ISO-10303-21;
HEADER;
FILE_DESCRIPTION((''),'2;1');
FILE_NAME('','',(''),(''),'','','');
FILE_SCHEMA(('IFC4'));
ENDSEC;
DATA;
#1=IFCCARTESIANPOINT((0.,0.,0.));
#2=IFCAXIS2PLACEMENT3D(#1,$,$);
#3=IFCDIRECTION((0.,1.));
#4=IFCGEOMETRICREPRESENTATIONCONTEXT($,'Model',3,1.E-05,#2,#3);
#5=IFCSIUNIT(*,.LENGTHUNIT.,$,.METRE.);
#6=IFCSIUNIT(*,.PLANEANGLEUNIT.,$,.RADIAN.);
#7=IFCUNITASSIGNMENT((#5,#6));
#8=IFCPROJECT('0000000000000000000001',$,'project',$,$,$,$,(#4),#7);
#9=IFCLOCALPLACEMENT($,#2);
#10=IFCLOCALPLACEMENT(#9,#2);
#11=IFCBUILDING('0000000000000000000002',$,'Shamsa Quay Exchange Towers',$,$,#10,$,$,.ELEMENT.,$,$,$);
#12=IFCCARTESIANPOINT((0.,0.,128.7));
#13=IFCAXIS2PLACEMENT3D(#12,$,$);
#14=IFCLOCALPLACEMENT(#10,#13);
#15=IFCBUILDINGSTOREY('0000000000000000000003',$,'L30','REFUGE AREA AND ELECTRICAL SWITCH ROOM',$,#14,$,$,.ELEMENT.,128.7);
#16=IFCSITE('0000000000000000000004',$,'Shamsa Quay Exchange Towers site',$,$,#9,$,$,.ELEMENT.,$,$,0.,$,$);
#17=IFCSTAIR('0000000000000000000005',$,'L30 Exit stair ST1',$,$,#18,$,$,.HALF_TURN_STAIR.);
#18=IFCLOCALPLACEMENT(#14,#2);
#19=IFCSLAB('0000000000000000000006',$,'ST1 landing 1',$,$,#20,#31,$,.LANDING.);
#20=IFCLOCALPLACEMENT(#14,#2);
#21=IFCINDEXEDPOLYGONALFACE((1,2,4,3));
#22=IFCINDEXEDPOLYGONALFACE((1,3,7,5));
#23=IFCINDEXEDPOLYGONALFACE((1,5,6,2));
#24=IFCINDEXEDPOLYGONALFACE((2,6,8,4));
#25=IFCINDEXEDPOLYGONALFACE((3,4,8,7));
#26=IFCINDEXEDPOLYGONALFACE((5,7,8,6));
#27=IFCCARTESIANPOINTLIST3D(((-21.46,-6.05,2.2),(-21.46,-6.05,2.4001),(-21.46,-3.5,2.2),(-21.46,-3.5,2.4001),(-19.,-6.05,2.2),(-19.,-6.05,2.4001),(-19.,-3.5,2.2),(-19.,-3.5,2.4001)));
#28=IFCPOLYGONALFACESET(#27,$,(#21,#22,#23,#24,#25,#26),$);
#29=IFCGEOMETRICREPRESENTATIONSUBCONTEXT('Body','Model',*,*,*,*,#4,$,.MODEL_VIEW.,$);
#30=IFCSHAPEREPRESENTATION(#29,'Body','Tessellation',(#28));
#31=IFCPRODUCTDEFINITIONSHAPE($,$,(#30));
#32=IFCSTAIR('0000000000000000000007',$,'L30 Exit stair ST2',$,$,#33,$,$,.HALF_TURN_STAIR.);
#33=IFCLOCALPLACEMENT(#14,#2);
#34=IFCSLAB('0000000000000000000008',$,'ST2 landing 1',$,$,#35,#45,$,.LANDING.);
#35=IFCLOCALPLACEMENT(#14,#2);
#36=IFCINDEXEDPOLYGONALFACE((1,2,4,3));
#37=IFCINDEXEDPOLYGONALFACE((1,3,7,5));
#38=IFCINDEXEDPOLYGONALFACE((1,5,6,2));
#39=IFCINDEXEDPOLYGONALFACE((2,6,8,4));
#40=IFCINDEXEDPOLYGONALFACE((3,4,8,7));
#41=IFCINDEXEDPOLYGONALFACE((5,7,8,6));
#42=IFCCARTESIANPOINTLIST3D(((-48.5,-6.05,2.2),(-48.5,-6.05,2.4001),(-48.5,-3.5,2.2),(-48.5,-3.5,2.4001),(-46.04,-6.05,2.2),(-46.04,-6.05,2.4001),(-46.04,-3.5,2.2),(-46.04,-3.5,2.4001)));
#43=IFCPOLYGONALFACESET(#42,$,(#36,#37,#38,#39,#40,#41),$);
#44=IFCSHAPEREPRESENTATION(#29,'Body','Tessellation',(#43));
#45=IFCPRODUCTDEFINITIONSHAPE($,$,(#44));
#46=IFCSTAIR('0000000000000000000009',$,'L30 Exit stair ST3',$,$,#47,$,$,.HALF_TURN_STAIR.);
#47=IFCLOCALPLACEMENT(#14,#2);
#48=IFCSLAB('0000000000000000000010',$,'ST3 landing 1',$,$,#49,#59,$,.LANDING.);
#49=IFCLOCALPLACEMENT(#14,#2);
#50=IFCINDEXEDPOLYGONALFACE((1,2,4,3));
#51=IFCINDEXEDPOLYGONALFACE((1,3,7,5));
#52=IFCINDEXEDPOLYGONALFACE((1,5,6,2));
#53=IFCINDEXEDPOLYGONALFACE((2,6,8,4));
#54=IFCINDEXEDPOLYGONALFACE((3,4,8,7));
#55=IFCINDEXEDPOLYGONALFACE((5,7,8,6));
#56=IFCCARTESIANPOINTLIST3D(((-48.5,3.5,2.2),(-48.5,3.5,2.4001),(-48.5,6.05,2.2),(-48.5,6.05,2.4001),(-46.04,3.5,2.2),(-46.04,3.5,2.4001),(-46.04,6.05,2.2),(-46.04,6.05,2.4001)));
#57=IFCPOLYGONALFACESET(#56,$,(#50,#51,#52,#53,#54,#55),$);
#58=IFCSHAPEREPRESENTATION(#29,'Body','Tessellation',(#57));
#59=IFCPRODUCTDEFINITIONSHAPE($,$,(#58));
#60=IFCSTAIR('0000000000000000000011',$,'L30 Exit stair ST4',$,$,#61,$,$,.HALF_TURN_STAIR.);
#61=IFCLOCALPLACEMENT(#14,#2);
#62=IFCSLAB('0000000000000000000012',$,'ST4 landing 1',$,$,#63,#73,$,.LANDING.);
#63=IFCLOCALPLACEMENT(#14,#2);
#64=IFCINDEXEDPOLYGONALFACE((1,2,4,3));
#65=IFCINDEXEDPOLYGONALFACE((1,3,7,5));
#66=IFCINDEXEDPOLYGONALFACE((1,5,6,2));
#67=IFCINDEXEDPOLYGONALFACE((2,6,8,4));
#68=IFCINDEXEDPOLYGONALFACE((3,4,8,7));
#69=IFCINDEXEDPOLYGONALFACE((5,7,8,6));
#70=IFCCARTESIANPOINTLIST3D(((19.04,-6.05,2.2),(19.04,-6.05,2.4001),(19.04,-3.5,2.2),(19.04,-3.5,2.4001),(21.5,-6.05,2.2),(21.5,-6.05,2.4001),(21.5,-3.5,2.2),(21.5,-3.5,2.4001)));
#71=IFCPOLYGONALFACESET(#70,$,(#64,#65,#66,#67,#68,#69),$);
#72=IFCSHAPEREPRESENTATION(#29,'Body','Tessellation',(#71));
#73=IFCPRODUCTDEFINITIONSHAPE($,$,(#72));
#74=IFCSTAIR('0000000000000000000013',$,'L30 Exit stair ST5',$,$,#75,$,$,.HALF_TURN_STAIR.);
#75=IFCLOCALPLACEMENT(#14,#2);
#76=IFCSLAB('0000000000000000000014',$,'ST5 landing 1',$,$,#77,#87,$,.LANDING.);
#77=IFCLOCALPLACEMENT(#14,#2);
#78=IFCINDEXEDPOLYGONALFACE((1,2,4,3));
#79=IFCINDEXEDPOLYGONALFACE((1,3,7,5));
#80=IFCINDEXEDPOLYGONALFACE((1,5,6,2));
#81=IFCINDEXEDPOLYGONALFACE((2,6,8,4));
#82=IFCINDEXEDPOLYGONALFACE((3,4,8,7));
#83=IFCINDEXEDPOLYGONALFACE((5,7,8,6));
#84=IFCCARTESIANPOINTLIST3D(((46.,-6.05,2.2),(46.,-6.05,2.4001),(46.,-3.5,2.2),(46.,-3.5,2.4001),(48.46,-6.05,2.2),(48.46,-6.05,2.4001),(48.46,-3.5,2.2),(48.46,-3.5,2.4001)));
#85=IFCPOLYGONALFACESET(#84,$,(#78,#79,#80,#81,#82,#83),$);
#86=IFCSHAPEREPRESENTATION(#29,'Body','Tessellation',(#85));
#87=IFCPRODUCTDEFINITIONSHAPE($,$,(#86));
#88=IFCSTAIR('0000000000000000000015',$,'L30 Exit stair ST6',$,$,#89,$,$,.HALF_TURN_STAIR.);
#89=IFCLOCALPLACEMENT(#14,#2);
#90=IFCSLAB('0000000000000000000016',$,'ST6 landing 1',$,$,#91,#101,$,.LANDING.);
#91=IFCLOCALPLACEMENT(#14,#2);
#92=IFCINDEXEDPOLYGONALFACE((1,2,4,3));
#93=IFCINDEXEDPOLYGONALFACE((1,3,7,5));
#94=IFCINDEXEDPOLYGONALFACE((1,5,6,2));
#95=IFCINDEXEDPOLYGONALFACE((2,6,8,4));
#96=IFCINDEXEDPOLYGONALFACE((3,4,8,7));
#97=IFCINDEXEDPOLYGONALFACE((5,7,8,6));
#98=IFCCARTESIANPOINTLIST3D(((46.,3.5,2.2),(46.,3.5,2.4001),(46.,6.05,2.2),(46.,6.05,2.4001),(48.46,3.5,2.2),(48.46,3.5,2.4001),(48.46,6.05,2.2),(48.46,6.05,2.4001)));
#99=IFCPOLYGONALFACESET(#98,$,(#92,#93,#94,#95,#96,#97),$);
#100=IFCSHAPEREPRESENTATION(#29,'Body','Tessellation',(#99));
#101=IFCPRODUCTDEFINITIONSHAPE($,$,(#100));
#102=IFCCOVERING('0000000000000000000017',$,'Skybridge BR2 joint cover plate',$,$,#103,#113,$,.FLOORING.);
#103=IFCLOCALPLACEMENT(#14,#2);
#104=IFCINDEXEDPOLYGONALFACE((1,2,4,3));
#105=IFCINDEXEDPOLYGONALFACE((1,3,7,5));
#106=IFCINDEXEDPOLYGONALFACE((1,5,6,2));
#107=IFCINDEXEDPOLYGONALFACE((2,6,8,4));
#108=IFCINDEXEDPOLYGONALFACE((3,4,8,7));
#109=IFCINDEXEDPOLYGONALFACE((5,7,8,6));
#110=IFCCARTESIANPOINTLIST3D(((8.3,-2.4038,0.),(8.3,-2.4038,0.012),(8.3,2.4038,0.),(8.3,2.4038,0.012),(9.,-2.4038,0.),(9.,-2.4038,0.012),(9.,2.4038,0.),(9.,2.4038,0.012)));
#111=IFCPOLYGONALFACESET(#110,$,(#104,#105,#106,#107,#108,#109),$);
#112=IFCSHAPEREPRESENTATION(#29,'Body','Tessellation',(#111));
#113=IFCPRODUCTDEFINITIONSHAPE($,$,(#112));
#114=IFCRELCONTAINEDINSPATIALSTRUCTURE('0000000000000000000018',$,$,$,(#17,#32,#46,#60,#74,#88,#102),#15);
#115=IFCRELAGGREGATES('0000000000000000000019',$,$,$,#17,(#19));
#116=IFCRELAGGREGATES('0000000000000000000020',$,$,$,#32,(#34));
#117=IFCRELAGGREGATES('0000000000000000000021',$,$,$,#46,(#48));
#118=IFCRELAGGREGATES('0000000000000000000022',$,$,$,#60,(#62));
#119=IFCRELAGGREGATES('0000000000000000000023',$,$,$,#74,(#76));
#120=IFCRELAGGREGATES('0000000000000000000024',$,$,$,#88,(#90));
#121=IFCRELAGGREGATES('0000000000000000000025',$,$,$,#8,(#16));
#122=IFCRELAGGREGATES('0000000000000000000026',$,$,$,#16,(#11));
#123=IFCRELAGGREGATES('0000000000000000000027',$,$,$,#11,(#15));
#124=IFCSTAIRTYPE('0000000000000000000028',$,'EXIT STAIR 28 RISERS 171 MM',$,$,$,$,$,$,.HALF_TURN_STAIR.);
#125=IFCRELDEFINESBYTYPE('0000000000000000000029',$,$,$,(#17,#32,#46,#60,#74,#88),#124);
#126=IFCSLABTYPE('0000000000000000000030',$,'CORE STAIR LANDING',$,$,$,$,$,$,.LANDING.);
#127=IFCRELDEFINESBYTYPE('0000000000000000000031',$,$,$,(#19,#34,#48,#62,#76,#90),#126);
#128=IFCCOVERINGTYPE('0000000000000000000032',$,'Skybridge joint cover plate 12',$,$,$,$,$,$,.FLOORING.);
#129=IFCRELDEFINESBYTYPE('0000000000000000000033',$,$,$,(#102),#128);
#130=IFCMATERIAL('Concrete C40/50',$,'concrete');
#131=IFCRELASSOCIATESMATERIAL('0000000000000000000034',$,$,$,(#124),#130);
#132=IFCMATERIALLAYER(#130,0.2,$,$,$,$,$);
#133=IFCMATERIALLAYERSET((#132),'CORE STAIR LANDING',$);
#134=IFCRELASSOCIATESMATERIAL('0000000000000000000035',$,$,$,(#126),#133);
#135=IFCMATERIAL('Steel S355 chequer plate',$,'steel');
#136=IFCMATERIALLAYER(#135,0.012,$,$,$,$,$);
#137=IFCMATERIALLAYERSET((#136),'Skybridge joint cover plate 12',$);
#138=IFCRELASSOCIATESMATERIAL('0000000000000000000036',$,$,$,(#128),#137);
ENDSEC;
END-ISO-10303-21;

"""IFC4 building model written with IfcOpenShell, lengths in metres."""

from ifc_helpers import new_model, si_unit, direction, frame, origin, place, context, subcontext, project, spatial, polyline, outline, extrude, material, layer, layer_set, type_object, element, aggregate, save


model = new_model("IFC4")

# Units and contexts
model_context = context("Model", 3, precision=1e-05, world=origin(), true_north=direction((0.0, 1.0)))
body_context = subcontext(model_context, "Body", "Model", "MODEL_VIEW")
ifc_project = project(units=[si_unit("LENGTHUNIT", "METRE"), si_unit("PLANEANGLEUNIT", "RADIAN")], contexts=[model_context])

# Site, building, storey
site_placement = place(None, origin())
site = spatial("IfcSite", under=ifc_project, at=site_placement, Name="Shamsa Quay Exchange Towers site", CompositionType="ELEMENT", RefElevation=0.0)
building_placement = place(site_placement, origin())
building = spatial("IfcBuilding", under=site, at=building_placement, Name="Shamsa Quay Exchange Towers", CompositionType="ELEMENT")
storey_placement = place(building_placement, frame((0.0, 0.0, 128.7)))
storey = spatial("IfcBuildingStorey", under=building, at=storey_placement, Name="L30", Description="REFUGE AREA AND ELECTRICAL SWITCH ROOM", CompositionType="ELEMENT", Elevation=128.7)

# Stairs, slabs
ifc_material_1 = material(Name="Concrete C40/50", Category="concrete")
stair_type = type_object("IfcStairType", Name="EXIT STAIR 28 RISERS 171 MM", PredefinedType="HALF_TURN_STAIR", material=ifc_material_1)
stair_1_placement = place(storey_placement, origin())
stair_1 = element("IfcStair", 1, at=stair_1_placement, inside=storey, type_object=stair_type, Name="L30 Exit stair ST1", PredefinedType="HALF_TURN_STAIR")
ifc_layer_1 = layer(ifc_material_1, 0.2)
ifc_layer_set_1 = layer_set([ifc_layer_1], Name="CORE STAIR LANDING")
slab_type_1 = type_object("IfcSlabType", Name="CORE STAIR LANDING", PredefinedType="LANDING", material=ifc_layer_set_1)
slab_1_placement = place(storey_placement, frame((0.0, 0.0, 2.2)))
slab_1 = element("IfcSlab", 2, at=slab_1_placement, type_object=slab_type_1, Name="ST1 landing 1", PredefinedType="LANDING", context=body_context, shape_type="SweptSolid", body=[
    extrude(outline(polyline([(-21.46, -6.05), (-19.0, -6.05), (-19.0, -3.5), (-21.46, -3.5), (-21.46, -6.05)])), origin(), (0.0, 0.0, 1.0), 0.2002),
])
aggregate(stair_1, [slab_1])
stair_2_placement = place(storey_placement, origin())
stair_2 = element("IfcStair", 3, at=stair_2_placement, inside=storey, type_object=stair_type, Name="L30 Exit stair ST2", PredefinedType="HALF_TURN_STAIR")
slab_2_placement = place(storey_placement, frame((0.0, 0.0, 2.2)))
slab_2 = element("IfcSlab", 4, at=slab_2_placement, type_object=slab_type_1, Name="ST2 landing 1", PredefinedType="LANDING", context=body_context, shape_type="SweptSolid", body=[
    extrude(outline(polyline([(-46.04, -3.5), (-48.5, -3.5), (-48.5, -6.05), (-46.04, -6.05), (-46.04, -3.5)])), origin(), (0.0, 0.0, 1.0), 0.2002),
])
aggregate(stair_2, [slab_2])
stair_3_placement = place(storey_placement, origin())
stair_3 = element("IfcStair", 5, at=stair_3_placement, inside=storey, type_object=stair_type, Name="L30 Exit stair ST3", PredefinedType="HALF_TURN_STAIR")
slab_3_placement = place(storey_placement, frame((0.0, 0.0, 2.2)))
slab_3 = element("IfcSlab", 6, at=slab_3_placement, type_object=slab_type_1, Name="ST3 landing 1", PredefinedType="LANDING", context=body_context, shape_type="SweptSolid", body=[
    extrude(outline(polyline([(-46.04, 6.05), (-48.5, 6.05), (-48.5, 3.5), (-46.04, 3.5), (-46.04, 6.05)])), origin(), (0.0, 0.0, 1.0), 0.2002),
])
aggregate(stair_3, [slab_3])
stair_4_placement = place(storey_placement, origin())
stair_4 = element("IfcStair", 7, at=stair_4_placement, inside=storey, type_object=stair_type, Name="L30 Exit stair ST4", PredefinedType="HALF_TURN_STAIR")
slab_4_placement = place(storey_placement, frame((0.0, 0.0, 2.2)))
slab_4 = element("IfcSlab", 8, at=slab_4_placement, type_object=slab_type_1, Name="ST4 landing 1", PredefinedType="LANDING", context=body_context, shape_type="SweptSolid", body=[
    extrude(outline(polyline([(19.04, -6.05), (21.5, -6.05), (21.5, -3.5), (19.04, -3.5), (19.04, -6.05)])), origin(), (0.0, 0.0, 1.0), 0.2002),
])
aggregate(stair_4, [slab_4])
stair_5_placement = place(storey_placement, origin())
stair_5 = element("IfcStair", 9, at=stair_5_placement, inside=storey, type_object=stair_type, Name="L30 Exit stair ST5", PredefinedType="HALF_TURN_STAIR")
slab_5_placement = place(storey_placement, frame((0.0, 0.0, 2.2)))
slab_5 = element("IfcSlab", 10, at=slab_5_placement, type_object=slab_type_1, Name="ST5 landing 1", PredefinedType="LANDING", context=body_context, shape_type="SweptSolid", body=[
    extrude(outline(polyline([(48.46, -3.5), (46.0, -3.5), (46.0, -6.05), (48.46, -6.05), (48.46, -3.5)])), origin(), (0.0, 0.0, 1.0), 0.2002),
])
aggregate(stair_5, [slab_5])
stair_6_placement = place(storey_placement, origin())
stair_6 = element("IfcStair", 11, at=stair_6_placement, inside=storey, type_object=stair_type, Name="L30 Exit stair ST6", PredefinedType="HALF_TURN_STAIR")
slab_6_placement = place(storey_placement, frame((0.0, 0.0, 2.2)))
slab_6 = element("IfcSlab", 12, at=slab_6_placement, type_object=slab_type_1, Name="ST6 landing 1", PredefinedType="LANDING", context=body_context, shape_type="SweptSolid", body=[
    extrude(outline(polyline([(48.46, 6.05), (46.0, 6.05), (46.0, 3.5), (48.46, 3.5), (48.46, 6.05)])), origin(), (0.0, 0.0, 1.0), 0.2002),
])
aggregate(stair_6, [slab_6])

# Covering
ifc_material_2 = material(Name="Steel S355 chequer plate", Category="steel")
ifc_layer_2 = layer(ifc_material_2, 0.012)
ifc_layer_set_2 = layer_set([ifc_layer_2], Name="Skybridge joint cover plate 12")
covering_type = type_object("IfcCoveringType", Name="Skybridge joint cover plate 12", PredefinedType="FLOORING", material=ifc_layer_set_2)
covering_placement = place(storey_placement, origin())
element("IfcCovering", 13, at=covering_placement, inside=storey, type_object=covering_type, Name="Skybridge BR2 joint cover plate", PredefinedType="FLOORING", context=body_context, shape_type="SweptSolid", body=[
    extrude(outline(polyline([(8.3, -2.4038), (9.0, -2.4038), (9.0, 2.4038), (8.3, 2.4038), (8.3, -2.4038)])), origin(), (0.0, 0.0, 1.0), 0.012),
])

save(model, "model.ifc")
